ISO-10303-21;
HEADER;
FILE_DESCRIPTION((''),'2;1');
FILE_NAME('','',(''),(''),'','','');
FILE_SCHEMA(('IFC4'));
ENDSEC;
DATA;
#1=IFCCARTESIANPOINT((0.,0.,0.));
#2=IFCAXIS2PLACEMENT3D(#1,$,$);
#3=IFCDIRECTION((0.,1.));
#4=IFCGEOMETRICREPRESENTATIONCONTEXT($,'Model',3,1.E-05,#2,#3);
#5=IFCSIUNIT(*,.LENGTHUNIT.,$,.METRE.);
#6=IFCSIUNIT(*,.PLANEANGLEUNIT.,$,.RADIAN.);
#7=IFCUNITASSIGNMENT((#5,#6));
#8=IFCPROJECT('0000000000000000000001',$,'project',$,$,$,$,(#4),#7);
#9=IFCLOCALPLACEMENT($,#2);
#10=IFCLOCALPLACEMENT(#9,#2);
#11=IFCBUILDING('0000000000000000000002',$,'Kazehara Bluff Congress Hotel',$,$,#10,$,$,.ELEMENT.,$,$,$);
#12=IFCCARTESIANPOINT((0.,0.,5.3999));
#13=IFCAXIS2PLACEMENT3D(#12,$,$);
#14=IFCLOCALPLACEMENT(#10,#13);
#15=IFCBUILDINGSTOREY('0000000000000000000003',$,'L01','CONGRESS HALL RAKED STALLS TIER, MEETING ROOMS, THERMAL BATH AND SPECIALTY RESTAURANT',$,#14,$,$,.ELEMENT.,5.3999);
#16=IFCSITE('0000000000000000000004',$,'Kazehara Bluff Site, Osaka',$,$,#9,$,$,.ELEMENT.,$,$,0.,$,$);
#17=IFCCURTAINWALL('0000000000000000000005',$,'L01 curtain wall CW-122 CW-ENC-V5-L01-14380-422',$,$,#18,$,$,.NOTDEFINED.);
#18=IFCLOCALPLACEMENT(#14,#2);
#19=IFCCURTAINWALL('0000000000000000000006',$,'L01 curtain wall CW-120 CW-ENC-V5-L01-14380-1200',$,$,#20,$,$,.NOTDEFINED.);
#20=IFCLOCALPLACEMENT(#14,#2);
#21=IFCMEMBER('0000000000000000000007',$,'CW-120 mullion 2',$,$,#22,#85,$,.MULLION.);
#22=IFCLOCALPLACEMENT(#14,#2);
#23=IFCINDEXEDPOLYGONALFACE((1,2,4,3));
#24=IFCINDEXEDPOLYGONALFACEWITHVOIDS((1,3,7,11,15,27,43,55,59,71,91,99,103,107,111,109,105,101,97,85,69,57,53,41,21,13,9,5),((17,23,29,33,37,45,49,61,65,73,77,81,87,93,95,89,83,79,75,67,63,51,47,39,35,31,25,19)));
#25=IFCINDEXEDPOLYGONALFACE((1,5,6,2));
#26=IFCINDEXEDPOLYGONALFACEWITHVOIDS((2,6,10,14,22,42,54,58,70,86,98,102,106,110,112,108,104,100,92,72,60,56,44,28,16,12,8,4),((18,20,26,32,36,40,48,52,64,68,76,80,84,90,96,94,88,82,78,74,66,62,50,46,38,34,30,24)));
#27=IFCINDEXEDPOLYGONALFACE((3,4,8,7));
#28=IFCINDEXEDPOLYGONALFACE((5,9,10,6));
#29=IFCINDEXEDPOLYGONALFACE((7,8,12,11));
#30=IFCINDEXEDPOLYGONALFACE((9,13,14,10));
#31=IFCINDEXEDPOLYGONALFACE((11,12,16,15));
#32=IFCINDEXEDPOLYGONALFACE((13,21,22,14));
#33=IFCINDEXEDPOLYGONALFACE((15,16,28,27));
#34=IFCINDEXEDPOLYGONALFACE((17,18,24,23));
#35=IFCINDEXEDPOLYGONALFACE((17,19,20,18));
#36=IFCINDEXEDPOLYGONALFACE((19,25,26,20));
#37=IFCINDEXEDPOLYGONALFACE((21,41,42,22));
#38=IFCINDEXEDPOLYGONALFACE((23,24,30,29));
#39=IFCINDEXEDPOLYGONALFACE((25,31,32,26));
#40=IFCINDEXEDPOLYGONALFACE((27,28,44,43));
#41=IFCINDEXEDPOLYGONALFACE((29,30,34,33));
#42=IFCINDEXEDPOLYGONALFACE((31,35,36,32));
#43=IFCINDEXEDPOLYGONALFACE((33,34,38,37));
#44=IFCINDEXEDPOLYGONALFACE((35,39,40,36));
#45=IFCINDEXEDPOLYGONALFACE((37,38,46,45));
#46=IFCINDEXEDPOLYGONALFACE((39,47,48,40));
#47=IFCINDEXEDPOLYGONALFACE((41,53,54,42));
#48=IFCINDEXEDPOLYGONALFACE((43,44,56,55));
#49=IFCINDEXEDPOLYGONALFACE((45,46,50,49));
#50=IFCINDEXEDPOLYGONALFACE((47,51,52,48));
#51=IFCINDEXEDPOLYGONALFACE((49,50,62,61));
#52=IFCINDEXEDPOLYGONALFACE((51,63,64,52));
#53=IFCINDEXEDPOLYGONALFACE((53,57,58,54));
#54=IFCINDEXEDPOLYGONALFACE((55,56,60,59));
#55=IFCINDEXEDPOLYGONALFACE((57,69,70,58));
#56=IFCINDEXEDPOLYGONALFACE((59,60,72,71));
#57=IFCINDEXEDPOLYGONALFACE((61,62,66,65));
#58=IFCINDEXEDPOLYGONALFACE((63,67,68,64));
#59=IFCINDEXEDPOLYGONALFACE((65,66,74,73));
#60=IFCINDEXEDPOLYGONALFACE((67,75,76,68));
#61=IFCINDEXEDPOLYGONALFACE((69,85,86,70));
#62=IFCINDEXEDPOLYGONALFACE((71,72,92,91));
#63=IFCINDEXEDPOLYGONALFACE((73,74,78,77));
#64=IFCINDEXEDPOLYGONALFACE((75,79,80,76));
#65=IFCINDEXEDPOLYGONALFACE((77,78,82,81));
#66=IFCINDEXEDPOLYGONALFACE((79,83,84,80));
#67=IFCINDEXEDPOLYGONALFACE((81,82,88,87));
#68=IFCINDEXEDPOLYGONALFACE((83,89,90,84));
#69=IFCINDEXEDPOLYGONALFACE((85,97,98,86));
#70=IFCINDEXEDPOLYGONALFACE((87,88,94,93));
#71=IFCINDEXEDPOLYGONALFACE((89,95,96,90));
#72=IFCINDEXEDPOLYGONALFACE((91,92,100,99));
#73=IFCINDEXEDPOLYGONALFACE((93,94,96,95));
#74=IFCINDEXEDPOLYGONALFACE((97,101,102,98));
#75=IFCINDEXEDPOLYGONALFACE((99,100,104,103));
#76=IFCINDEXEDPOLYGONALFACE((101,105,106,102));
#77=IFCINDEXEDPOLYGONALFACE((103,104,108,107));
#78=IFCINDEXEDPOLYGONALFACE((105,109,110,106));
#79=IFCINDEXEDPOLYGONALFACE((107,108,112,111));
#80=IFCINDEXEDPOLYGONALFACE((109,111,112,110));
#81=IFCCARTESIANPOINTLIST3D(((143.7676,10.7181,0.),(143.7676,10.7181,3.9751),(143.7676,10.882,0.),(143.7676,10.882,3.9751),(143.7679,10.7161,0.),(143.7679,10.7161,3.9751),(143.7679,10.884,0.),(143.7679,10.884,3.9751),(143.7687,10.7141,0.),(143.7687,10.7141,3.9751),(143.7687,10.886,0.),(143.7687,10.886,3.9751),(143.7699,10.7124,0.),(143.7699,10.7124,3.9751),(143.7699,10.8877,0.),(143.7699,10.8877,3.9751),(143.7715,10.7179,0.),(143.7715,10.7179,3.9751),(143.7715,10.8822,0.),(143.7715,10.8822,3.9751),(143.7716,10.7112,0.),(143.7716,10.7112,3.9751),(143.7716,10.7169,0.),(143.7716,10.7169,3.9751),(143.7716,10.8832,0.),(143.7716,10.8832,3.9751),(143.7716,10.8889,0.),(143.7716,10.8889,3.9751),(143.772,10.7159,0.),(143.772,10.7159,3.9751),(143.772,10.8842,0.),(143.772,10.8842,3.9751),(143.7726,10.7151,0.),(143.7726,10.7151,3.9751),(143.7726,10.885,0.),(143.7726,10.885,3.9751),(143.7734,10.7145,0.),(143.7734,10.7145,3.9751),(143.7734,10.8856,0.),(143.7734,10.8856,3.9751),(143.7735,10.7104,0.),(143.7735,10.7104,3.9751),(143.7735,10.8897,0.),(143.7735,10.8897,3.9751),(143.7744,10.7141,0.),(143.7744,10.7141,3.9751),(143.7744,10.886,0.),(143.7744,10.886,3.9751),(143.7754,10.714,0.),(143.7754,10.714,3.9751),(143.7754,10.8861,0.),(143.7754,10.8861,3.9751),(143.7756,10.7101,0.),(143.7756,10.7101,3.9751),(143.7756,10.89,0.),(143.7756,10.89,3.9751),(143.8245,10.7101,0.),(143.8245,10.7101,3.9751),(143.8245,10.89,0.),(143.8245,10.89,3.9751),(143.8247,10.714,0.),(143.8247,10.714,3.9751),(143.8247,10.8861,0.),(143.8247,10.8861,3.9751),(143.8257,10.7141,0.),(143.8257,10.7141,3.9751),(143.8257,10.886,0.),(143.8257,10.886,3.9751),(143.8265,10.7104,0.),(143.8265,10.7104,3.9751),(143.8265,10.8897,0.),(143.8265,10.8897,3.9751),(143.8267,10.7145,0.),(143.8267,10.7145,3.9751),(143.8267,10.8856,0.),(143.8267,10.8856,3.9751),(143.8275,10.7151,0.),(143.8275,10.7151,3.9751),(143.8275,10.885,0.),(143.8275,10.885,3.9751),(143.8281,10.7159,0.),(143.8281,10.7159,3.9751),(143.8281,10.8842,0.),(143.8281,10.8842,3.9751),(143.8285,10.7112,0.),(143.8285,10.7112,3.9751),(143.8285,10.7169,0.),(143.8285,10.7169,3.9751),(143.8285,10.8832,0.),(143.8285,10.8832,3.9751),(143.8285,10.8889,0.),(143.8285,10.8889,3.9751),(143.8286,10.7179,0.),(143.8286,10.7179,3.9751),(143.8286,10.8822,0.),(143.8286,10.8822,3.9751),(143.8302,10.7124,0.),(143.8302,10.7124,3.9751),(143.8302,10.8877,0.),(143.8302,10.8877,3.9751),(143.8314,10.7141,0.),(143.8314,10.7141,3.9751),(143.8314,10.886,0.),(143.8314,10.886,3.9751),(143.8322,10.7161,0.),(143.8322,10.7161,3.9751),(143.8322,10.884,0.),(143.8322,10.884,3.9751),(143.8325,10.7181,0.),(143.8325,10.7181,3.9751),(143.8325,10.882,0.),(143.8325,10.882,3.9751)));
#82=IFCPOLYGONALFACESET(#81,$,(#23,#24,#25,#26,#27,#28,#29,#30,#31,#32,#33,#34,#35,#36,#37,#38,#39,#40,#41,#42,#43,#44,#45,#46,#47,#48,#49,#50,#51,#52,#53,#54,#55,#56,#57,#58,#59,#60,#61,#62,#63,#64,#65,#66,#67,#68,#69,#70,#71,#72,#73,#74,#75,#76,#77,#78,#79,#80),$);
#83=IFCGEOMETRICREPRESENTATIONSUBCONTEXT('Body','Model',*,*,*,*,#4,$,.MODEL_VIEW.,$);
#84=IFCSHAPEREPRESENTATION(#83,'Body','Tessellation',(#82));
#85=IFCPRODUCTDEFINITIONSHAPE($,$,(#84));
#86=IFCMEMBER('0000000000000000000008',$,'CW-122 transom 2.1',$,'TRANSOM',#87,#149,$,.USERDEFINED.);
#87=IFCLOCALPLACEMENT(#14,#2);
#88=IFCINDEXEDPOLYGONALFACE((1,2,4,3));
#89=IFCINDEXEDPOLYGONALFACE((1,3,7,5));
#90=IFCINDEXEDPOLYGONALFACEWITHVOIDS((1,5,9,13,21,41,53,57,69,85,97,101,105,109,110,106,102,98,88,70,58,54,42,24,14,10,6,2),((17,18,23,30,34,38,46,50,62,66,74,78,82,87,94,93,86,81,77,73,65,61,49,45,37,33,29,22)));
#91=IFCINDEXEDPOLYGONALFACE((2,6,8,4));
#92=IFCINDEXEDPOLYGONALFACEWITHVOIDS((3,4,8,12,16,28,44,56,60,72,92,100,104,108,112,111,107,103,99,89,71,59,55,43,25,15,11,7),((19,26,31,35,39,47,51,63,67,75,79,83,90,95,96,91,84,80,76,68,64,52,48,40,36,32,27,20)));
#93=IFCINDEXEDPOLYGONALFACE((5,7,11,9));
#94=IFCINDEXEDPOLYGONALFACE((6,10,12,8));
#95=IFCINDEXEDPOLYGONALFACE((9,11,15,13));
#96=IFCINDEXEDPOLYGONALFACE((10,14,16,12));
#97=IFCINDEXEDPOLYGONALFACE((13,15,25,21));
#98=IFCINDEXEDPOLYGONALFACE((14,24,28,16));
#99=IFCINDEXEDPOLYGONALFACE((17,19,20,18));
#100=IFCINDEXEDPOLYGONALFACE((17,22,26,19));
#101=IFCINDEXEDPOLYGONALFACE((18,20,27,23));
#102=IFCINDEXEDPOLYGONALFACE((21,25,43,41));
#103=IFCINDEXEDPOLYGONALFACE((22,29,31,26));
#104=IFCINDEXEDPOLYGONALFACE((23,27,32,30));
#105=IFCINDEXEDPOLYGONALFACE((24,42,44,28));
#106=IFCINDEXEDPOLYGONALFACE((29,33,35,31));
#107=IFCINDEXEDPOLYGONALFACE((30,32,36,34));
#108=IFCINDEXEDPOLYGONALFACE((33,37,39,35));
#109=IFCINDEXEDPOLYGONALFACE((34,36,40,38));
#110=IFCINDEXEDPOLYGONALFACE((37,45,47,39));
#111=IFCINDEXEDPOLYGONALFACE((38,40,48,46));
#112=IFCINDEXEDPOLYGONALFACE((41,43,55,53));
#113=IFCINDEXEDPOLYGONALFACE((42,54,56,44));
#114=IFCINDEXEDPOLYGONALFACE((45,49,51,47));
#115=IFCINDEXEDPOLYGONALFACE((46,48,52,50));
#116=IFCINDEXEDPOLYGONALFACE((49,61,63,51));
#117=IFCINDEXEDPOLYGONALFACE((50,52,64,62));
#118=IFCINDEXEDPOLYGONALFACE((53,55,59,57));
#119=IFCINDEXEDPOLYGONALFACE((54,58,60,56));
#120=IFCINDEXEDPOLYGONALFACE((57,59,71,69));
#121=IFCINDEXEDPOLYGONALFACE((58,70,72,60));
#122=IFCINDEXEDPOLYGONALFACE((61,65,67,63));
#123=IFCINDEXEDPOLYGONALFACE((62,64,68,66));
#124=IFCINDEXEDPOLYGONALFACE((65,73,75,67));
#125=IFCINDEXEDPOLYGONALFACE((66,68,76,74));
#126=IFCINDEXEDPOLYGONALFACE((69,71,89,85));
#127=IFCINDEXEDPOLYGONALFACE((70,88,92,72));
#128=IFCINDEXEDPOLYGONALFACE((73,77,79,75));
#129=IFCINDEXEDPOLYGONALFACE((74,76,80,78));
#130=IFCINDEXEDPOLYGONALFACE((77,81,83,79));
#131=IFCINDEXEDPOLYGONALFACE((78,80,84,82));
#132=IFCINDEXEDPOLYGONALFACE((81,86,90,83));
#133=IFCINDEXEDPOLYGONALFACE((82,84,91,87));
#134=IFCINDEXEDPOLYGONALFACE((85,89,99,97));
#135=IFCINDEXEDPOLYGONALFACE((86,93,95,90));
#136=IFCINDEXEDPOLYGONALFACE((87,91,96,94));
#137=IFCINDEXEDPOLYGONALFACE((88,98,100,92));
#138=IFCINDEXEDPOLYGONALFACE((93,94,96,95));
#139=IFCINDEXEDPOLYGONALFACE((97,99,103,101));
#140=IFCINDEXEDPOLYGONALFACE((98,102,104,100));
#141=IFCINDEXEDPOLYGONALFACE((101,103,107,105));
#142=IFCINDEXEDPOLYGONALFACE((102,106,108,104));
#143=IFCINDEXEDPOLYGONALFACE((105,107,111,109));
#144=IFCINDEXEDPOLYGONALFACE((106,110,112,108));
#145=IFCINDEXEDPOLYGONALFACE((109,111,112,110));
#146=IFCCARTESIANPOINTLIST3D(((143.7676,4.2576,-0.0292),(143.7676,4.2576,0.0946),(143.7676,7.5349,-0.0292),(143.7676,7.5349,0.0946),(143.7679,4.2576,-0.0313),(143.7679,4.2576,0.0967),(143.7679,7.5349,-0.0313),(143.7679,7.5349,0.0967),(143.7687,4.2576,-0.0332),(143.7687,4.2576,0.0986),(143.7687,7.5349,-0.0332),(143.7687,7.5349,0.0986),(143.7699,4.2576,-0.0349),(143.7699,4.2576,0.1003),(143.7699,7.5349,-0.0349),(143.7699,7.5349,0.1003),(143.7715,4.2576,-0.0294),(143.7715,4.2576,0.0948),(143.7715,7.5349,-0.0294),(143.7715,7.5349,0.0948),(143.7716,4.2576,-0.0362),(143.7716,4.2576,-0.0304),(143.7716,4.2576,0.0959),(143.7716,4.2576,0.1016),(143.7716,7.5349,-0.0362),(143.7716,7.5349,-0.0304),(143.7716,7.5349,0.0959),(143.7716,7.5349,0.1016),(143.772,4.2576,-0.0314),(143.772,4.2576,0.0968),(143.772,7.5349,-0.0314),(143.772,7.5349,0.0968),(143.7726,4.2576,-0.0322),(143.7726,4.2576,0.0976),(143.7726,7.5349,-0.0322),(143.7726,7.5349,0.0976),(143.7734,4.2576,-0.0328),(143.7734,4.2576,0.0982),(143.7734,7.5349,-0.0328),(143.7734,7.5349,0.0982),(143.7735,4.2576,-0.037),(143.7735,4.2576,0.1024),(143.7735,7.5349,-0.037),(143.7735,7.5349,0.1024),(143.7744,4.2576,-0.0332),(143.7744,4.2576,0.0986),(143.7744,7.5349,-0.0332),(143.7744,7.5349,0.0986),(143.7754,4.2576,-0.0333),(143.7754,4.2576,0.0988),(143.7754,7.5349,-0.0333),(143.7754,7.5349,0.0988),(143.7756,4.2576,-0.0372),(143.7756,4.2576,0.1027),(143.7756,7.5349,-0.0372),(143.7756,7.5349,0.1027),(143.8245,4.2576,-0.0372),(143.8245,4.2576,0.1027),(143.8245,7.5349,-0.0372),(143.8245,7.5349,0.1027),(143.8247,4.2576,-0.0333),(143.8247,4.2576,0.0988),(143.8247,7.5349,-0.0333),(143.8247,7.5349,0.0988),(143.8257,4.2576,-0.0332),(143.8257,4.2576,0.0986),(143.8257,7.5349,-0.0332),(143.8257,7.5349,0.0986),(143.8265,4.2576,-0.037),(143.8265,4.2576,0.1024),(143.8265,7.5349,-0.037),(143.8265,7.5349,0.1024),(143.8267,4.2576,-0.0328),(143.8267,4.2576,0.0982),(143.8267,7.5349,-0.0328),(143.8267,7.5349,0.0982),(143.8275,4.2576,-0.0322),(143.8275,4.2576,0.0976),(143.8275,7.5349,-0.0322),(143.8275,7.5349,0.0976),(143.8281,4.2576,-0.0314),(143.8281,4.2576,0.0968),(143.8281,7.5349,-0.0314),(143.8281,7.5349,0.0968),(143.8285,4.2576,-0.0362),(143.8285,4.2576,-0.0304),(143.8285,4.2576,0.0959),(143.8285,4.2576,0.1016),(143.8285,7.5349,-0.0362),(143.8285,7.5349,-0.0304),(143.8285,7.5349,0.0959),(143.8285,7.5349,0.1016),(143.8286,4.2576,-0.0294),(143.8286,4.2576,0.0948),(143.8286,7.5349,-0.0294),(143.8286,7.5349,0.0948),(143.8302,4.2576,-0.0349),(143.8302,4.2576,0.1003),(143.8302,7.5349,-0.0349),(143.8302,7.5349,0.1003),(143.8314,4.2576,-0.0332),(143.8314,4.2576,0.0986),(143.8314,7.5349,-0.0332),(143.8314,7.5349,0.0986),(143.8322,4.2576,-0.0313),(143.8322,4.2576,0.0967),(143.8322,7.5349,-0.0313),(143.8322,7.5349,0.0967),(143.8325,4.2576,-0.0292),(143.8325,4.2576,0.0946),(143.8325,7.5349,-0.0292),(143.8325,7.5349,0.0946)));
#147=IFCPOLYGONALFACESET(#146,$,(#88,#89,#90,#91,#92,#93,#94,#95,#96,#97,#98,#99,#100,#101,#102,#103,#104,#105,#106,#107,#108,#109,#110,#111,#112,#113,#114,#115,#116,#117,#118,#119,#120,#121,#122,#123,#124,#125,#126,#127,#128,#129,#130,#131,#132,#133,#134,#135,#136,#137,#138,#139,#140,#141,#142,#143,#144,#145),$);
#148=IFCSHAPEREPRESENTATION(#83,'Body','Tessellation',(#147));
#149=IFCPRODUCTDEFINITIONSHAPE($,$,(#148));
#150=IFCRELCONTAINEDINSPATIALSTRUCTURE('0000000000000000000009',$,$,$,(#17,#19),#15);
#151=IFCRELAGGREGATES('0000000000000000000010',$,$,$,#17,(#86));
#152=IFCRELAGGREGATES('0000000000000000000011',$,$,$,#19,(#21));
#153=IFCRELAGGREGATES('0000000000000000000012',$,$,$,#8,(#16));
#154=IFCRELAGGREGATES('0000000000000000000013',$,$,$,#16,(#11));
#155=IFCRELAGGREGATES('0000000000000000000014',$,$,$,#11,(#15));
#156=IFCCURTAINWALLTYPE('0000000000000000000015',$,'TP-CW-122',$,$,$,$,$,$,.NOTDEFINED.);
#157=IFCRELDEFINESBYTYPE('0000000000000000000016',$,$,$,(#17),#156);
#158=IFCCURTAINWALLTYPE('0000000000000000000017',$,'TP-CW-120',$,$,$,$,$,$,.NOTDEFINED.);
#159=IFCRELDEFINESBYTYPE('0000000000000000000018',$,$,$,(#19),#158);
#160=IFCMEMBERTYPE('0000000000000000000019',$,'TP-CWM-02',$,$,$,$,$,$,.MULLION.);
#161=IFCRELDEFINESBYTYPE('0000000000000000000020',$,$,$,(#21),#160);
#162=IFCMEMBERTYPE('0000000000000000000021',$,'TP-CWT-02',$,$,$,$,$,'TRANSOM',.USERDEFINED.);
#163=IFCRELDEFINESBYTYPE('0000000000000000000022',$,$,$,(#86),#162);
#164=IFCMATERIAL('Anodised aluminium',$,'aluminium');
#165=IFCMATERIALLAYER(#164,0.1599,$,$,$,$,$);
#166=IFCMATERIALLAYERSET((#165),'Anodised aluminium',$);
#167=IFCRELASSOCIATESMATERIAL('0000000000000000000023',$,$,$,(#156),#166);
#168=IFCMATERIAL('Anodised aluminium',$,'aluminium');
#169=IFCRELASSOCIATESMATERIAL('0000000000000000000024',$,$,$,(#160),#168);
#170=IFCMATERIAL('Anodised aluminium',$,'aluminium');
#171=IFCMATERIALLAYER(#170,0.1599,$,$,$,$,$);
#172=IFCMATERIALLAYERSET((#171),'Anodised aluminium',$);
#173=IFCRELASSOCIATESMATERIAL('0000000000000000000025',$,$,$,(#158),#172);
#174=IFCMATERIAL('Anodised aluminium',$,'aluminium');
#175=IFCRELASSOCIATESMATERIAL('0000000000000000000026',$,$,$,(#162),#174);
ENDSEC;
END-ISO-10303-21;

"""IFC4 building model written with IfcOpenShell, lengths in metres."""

from ifc_helpers import new_model, si_unit, direction, frame, origin, origin_2d, place, context, subcontext, project, spatial, hollow_rectangle, extrude, material, layer, layer_set, material_profile, profile_set, type_object, element, aggregate, save


model = new_model("IFC4")

# Units and contexts
model_context = context("Model", 3, precision=1e-05, world=origin(), true_north=direction((0.0, 1.0)))
body_context = subcontext(model_context, "Body", "Model", "MODEL_VIEW")
ifc_project = project(units=[si_unit("LENGTHUNIT", "METRE"), si_unit("PLANEANGLEUNIT", "RADIAN")], contexts=[model_context])

# Site, building, storey
site_placement = place(None, origin())
site = spatial("IfcSite", under=ifc_project, at=site_placement, Name="Kazehara Bluff Site, Osaka", CompositionType="ELEMENT", RefElevation=0.0)
building_placement = place(site_placement, origin())
building = spatial("IfcBuilding", under=site, at=building_placement, Name="Kazehara Bluff Congress Hotel", CompositionType="ELEMENT")
storey_placement = place(building_placement, frame((0.0, 0.0, 5.3999)))
storey = spatial("IfcBuildingStorey", under=building, at=storey_placement, Name="L01", Description="CONGRESS HALL RAKED STALLS TIER, MEETING ROOMS, THERMAL BATH AND SPECIALTY RESTAURANT", CompositionType="ELEMENT", Elevation=5.3999)

# Curtain walls, member
ifc_material_1 = material(Name="Anodised aluminium", Category="aluminium")
ifc_layer_1 = layer(ifc_material_1, 0.1599)
ifc_layer_set_1 = layer_set([ifc_layer_1], Name="Anodised aluminium")
curtain_wall_type_1 = type_object("IfcCurtainWallType", Name="TP-CW-122", PredefinedType="NOTDEFINED", material=ifc_layer_set_1)
curtain_wall_1_placement = place(storey_placement, origin())
curtain_wall_1 = element("IfcCurtainWall", 1, at=curtain_wall_1_placement, inside=storey, type_object=curtain_wall_type_1, Name="L01 curtain wall CW-122 CW-ENC-V5-L01-14380-422", PredefinedType="NOTDEFINED")
ifc_material_2 = material(Name="Anodised aluminium", Category="aluminium")
ifc_material_profile_1 = material_profile(ifc_material_2, hollow_rectangle(XDim=0.0649, YDim=0.1799, WallThickness=0.0039, InnerFilletRadius=0.0039, OuterFilletRadius=0.0081, at=origin_2d()))
ifc_profile_set_1 = profile_set([ifc_material_profile_1], Name="Anodised aluminium")
member_type_1 = type_object("IfcMemberType", Name="TP-CWM-02", PredefinedType="MULLION", material=ifc_profile_set_1)
ifc_material_3 = material(Name="Anodised aluminium", Category="aluminium")
ifc_layer_2 = layer(ifc_material_3, 0.1599)
ifc_layer_set_2 = layer_set([ifc_layer_2], Name="Anodised aluminium")
curtain_wall_type_2 = type_object("IfcCurtainWallType", Name="TP-CW-120", PredefinedType="NOTDEFINED", material=ifc_layer_set_2)
curtain_wall_2_placement = place(storey_placement, origin())
curtain_wall_2 = element("IfcCurtainWall", 2, at=curtain_wall_2_placement, inside=storey, type_object=curtain_wall_type_2, Name="L01 curtain wall CW-120 CW-ENC-V5-L01-14380-1200", PredefinedType="NOTDEFINED")
member_1_placement = place(storey_placement, frame((143.8, 10.8, 0.0), z_axis=(0.0, 0.0, 1.0), x_axis=(-1.0, 0.0, 0.0)))
member_1 = element("IfcMember", 3, at=member_1_placement, type_object=member_type_1, Name="CW-120 mullion 2", PredefinedType="MULLION", context=body_context, shape_type="SweptSolid", body=[
    extrude(hollow_rectangle(XDim=0.0649, YDim=0.1799, WallThickness=0.0039, InnerFilletRadius=0.0039, OuterFilletRadius=0.0081, at=origin_2d()), origin(), (0.0, 0.0, 1.0), 3.9751),
])

# Member
ifc_material_4 = material(Name="Anodised aluminium", Category="aluminium")
ifc_material_profile_2 = material_profile(ifc_material_4, hollow_rectangle(XDim=0.0649, YDim=0.1399, WallThickness=0.0039, InnerFilletRadius=0.0039, OuterFilletRadius=0.0081, at=origin_2d()))
ifc_profile_set_2 = profile_set([ifc_material_profile_2], Name="Anodised aluminium")
member_type_2 = type_object("IfcMemberType", Name="TP-CWT-02", ElementType="TRANSOM", PredefinedType="USERDEFINED", material=ifc_profile_set_2)
member_2_placement = place(storey_placement, frame((143.8, 4.2576, 0.0327), z_axis=(0.0, 1.0, 0.0), x_axis=(-1.0, 0.0, 0.0)))
member_2 = element("IfcMember", 4, at=member_2_placement, type_object=member_type_2, Name="CW-122 transom 2.1", ObjectType="TRANSOM", PredefinedType="USERDEFINED", context=body_context, shape_type="SweptSolid", body=[
    extrude(hollow_rectangle(XDim=0.0649, YDim=0.1399, WallThickness=0.0039, InnerFilletRadius=0.0039, OuterFilletRadius=0.0081, at=origin_2d()), origin(), (0.0, 0.0, 1.0), 3.2773),
])

aggregate(curtain_wall_1, [member_2])
aggregate(curtain_wall_2, [member_1])

save(model, "model.ifc")
